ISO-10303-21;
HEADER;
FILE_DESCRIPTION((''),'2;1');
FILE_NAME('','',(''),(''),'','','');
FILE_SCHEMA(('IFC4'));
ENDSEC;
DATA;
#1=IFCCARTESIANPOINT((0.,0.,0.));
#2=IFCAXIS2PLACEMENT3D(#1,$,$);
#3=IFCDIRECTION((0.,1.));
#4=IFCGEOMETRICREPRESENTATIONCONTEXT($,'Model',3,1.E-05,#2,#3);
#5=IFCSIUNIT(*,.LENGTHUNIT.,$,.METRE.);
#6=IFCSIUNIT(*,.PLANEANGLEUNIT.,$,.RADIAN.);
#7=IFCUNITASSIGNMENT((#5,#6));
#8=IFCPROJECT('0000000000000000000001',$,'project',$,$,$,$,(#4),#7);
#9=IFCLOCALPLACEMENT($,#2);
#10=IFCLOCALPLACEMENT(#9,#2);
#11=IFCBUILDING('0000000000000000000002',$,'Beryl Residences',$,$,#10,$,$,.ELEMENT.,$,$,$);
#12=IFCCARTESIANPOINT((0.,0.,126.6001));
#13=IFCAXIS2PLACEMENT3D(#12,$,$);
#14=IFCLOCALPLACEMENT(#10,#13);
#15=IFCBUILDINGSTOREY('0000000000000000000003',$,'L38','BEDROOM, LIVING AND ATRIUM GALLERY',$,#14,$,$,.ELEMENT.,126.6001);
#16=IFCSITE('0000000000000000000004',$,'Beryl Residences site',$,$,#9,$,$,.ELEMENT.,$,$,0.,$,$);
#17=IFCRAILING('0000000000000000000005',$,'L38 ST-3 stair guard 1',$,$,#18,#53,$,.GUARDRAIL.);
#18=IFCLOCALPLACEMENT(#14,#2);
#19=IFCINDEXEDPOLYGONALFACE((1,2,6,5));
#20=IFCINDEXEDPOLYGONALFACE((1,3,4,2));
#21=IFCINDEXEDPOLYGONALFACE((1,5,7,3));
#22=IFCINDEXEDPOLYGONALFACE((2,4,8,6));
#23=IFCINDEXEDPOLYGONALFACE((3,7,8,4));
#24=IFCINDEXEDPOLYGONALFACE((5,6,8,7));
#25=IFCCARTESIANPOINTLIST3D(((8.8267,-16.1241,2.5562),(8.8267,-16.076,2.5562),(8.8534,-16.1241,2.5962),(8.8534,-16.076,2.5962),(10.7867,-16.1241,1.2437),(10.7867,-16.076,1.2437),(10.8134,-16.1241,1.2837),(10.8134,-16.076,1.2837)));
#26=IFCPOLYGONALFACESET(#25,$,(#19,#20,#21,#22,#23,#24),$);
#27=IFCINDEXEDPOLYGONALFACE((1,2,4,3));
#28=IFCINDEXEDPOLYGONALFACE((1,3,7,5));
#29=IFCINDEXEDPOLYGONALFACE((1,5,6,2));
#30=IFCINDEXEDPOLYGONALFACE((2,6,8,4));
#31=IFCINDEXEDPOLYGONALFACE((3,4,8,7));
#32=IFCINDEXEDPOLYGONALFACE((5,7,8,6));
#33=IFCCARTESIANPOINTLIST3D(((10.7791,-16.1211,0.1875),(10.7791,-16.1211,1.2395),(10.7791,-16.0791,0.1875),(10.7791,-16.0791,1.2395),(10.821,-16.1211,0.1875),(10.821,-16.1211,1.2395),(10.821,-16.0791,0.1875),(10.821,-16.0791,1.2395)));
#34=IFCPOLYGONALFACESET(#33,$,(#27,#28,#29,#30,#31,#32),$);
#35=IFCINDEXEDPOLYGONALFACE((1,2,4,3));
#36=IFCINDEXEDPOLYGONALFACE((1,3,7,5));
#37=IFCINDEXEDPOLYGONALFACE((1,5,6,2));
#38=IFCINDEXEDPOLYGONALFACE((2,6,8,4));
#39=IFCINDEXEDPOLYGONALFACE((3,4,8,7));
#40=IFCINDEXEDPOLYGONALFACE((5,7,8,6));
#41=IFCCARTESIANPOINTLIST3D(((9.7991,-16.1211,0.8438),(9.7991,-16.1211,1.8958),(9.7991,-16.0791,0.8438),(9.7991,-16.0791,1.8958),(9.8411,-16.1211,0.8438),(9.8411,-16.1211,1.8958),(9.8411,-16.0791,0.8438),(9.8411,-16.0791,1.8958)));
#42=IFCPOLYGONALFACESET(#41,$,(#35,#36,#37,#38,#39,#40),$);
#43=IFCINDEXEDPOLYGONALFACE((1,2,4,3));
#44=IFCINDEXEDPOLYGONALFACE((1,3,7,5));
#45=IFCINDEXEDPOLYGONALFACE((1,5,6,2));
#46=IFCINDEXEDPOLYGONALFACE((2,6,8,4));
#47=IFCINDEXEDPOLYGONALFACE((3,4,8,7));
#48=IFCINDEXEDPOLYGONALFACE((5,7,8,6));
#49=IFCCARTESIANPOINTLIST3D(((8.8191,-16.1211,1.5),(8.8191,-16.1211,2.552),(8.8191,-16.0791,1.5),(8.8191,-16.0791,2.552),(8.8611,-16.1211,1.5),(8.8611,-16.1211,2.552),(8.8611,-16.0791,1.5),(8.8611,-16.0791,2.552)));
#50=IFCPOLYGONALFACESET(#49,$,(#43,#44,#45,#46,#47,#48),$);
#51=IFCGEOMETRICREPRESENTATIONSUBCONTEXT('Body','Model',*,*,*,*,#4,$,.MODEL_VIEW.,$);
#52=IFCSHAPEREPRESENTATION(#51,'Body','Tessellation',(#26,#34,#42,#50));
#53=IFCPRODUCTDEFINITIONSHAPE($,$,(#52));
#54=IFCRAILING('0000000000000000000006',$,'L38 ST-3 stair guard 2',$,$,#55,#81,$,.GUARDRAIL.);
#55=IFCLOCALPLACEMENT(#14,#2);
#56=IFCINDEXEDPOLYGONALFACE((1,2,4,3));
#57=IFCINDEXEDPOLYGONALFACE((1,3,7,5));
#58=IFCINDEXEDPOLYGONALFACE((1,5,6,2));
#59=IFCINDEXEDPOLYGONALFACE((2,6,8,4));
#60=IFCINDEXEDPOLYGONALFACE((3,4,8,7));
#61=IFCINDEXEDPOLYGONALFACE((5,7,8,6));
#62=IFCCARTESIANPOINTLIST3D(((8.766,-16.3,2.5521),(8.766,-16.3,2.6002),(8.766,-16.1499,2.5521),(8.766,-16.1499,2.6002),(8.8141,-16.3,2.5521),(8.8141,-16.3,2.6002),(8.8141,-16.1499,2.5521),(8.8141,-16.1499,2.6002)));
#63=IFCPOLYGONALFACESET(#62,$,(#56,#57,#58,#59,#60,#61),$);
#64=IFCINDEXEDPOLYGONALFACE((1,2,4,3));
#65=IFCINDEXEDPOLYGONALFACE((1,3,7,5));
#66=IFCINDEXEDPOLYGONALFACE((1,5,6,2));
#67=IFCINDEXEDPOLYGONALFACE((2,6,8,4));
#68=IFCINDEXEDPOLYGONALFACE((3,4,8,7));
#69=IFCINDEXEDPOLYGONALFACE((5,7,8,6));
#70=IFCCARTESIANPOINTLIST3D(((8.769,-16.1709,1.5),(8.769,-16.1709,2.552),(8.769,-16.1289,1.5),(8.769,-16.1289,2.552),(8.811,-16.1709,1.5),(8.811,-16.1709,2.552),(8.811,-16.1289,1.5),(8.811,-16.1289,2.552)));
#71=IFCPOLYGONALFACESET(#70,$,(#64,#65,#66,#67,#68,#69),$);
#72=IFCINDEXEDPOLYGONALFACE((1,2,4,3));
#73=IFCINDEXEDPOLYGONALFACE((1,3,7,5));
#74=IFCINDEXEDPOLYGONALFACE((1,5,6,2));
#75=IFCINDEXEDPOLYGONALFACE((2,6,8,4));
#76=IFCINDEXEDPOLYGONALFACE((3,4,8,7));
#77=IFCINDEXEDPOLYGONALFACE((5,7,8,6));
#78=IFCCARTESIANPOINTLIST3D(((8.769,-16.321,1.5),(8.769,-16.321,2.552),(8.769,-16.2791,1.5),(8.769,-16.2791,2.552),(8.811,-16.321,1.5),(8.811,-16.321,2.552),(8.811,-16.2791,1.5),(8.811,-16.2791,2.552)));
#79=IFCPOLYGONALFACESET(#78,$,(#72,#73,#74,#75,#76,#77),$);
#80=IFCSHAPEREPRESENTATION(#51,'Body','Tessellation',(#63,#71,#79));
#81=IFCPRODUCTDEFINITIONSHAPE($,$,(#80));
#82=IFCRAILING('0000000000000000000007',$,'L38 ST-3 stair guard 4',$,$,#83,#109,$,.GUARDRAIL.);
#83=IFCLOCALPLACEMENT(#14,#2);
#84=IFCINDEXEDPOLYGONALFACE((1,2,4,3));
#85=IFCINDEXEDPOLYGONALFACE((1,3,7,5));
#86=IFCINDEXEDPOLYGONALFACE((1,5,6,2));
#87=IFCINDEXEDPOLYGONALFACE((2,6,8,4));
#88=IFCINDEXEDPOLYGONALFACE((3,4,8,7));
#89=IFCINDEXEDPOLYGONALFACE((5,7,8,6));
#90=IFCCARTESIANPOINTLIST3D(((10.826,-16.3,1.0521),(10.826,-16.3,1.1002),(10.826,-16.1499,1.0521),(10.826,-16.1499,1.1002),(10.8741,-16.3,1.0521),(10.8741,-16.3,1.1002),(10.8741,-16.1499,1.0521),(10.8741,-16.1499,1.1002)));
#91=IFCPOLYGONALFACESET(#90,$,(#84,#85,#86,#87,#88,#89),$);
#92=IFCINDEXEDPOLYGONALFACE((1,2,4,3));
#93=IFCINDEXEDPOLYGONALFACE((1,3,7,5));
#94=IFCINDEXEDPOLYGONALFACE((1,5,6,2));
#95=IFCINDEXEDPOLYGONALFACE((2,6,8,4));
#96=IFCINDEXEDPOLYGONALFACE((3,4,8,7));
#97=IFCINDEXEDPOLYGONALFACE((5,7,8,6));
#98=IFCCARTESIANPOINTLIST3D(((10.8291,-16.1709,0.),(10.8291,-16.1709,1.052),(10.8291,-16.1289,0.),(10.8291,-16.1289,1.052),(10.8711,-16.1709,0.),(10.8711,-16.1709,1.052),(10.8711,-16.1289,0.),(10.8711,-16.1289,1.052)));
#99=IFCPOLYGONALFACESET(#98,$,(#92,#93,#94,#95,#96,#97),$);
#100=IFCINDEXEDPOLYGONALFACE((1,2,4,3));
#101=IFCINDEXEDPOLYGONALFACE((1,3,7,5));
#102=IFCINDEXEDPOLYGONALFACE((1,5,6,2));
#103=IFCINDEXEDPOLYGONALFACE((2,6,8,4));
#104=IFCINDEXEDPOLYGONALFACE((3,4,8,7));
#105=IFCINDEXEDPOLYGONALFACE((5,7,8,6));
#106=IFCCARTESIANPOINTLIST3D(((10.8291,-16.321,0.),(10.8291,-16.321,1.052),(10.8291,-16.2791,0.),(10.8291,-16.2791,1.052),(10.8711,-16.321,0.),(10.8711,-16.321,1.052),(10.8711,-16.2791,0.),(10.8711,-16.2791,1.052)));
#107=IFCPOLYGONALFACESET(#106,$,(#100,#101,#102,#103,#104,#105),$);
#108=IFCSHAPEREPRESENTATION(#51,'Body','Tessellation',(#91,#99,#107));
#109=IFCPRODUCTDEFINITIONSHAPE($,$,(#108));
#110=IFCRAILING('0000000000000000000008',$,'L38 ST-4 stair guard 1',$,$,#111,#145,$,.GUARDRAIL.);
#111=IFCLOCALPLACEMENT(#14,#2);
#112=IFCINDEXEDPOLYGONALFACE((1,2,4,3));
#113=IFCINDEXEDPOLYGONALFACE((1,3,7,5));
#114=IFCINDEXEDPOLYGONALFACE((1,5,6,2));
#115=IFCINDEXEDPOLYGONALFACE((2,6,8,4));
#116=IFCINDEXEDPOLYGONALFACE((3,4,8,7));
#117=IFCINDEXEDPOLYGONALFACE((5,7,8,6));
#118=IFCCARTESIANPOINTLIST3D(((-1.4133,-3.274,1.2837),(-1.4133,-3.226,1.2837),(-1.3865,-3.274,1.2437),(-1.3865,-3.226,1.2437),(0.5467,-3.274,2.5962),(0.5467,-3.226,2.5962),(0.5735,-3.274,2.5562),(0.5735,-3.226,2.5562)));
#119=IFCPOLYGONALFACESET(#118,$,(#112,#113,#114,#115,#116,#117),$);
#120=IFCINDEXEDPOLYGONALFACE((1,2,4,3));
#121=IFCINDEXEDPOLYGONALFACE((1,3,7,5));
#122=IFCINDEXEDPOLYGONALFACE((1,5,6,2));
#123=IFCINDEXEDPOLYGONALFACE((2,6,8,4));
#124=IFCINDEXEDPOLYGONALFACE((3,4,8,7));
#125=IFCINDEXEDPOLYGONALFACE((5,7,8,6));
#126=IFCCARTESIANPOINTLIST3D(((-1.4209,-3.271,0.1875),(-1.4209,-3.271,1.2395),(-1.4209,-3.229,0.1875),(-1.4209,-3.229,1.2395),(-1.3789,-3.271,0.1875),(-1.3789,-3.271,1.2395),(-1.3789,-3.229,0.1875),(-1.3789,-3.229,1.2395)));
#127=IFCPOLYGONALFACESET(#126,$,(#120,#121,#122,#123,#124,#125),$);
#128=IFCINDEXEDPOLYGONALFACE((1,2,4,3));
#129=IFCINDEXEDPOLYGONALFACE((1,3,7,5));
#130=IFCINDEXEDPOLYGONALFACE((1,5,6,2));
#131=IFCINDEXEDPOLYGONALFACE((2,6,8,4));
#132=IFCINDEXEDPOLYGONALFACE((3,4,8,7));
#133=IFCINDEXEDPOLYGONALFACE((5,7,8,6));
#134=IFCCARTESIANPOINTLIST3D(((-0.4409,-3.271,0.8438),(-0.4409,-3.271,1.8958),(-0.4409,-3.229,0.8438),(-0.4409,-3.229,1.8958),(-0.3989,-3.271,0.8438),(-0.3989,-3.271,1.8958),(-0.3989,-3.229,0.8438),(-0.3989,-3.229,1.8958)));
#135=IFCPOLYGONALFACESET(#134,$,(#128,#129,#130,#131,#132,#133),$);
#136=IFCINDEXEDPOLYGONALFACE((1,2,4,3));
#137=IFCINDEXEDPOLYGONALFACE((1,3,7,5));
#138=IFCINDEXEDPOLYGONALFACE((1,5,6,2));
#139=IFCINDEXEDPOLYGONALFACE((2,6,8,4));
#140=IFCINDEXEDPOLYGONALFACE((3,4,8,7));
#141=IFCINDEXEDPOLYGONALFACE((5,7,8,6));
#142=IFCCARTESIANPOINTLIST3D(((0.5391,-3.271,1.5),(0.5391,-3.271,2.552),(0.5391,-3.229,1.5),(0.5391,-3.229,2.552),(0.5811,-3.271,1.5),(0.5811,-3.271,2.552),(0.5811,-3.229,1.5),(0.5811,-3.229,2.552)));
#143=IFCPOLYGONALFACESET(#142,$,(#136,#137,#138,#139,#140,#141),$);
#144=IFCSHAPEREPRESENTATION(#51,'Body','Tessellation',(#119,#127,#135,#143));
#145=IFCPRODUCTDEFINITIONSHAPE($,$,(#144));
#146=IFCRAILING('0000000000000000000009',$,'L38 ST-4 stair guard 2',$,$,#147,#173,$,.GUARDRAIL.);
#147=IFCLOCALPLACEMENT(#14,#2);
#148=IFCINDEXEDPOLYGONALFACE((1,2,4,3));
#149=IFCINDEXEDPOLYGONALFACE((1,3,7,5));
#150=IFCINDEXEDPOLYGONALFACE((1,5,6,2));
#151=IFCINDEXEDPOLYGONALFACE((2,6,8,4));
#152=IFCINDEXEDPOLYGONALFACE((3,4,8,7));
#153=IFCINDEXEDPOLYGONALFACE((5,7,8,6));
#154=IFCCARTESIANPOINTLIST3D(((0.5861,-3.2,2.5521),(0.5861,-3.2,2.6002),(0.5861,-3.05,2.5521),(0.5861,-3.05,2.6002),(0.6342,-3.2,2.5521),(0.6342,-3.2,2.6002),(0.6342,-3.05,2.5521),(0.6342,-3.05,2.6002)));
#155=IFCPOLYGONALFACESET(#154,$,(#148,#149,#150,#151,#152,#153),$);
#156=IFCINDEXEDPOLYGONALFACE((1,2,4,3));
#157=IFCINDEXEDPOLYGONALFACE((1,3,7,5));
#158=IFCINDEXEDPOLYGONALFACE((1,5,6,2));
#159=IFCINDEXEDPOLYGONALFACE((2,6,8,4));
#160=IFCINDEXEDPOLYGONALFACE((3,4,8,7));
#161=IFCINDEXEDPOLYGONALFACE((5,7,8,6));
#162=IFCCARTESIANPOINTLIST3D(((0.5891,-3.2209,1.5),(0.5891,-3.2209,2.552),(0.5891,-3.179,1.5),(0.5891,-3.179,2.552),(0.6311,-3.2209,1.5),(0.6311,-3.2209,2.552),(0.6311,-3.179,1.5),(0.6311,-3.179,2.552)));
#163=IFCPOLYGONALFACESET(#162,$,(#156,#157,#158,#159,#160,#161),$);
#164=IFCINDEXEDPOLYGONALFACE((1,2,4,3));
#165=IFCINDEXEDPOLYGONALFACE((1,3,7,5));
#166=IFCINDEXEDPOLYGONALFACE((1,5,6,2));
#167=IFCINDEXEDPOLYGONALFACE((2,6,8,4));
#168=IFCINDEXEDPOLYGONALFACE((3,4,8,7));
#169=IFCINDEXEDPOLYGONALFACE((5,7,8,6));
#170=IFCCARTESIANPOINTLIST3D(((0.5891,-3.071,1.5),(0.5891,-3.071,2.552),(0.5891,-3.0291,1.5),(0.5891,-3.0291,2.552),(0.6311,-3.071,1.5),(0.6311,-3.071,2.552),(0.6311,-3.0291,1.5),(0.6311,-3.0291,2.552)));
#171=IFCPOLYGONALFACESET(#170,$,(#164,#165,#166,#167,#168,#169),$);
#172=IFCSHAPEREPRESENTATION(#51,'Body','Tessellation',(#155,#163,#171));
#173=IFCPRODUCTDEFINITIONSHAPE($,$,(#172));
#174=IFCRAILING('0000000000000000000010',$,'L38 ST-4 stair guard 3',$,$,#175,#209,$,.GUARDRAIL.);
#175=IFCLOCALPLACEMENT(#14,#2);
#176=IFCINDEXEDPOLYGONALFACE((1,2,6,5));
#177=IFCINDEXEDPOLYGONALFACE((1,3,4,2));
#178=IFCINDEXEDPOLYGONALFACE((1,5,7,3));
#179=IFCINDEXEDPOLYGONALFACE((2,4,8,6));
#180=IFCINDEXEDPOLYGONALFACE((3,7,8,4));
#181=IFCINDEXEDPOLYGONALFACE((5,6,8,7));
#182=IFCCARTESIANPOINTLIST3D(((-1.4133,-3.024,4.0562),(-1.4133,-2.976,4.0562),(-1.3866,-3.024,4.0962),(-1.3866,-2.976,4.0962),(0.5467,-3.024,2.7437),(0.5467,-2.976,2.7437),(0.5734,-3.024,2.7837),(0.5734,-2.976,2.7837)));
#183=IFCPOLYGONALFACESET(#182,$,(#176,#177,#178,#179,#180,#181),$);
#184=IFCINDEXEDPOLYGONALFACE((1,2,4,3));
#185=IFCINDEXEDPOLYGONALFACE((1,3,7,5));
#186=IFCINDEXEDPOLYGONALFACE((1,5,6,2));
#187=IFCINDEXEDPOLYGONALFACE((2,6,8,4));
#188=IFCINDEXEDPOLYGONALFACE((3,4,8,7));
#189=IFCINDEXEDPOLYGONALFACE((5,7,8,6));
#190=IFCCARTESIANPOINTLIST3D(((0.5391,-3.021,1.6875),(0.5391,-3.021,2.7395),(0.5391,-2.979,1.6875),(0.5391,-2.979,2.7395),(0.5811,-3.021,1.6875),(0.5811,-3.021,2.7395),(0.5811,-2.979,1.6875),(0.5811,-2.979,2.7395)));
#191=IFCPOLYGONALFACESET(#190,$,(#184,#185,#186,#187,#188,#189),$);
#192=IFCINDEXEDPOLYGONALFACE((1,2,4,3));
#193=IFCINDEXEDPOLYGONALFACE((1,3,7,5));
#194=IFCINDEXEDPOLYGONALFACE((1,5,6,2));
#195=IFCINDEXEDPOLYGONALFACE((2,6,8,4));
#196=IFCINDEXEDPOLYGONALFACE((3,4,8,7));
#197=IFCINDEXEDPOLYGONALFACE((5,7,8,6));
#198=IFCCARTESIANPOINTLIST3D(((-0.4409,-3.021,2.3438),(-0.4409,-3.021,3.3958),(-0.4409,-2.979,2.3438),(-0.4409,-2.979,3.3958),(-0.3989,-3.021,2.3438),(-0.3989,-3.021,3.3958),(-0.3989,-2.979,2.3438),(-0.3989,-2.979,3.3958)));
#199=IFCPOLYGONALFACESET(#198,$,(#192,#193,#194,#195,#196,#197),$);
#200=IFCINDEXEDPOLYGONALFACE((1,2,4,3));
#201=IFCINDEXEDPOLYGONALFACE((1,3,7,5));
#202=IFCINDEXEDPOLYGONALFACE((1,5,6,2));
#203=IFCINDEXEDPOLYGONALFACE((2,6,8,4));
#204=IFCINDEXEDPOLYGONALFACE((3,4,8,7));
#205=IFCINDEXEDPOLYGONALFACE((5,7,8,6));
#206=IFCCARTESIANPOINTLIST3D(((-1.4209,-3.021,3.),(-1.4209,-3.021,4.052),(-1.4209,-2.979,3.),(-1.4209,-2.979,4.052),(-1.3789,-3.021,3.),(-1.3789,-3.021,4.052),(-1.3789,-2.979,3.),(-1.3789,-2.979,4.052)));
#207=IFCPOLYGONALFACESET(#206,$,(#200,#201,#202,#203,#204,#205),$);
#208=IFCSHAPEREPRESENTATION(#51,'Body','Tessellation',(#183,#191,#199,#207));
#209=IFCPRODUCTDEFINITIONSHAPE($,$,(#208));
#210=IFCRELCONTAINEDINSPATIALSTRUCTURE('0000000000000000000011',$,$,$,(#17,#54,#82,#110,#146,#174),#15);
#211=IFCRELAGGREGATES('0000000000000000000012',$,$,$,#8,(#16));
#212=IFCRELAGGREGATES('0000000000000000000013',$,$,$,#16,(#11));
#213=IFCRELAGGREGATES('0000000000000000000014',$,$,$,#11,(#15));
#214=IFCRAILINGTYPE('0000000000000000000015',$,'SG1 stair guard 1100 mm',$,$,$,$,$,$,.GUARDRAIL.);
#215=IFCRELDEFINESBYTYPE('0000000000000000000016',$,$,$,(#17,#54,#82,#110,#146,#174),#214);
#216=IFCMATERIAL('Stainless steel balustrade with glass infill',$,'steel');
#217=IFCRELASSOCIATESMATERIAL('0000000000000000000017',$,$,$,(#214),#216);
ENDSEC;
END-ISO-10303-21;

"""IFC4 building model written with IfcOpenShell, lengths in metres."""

from ifc_helpers import new_model, si_unit, direction, frame, origin, origin_2d, place, context, subcontext, project, spatial, rectangle, extrude, material, type_object, element, save


model = new_model("IFC4")

# Units and contexts
model_context = context("Model", 3, precision=1e-05, world=origin(), true_north=direction((0.0, 1.0)))
body_context = subcontext(model_context, "Body", "Model", "MODEL_VIEW")
ifc_project = project(units=[si_unit("LENGTHUNIT", "METRE"), si_unit("PLANEANGLEUNIT", "RADIAN")], contexts=[model_context])

# Site, building, storey
site_placement = place(None, origin())
site = spatial("IfcSite", under=ifc_project, at=site_placement, Name="Beryl Residences site", CompositionType="ELEMENT", RefElevation=0.0)
building_placement = place(site_placement, origin())
building = spatial("IfcBuilding", under=site, at=building_placement, Name="Beryl Residences", CompositionType="ELEMENT")
storey_placement = place(building_placement, frame((0.0, 0.0, 126.6001)))
storey = spatial("IfcBuildingStorey", under=building, at=storey_placement, Name="L38", Description="BEDROOM, LIVING AND ATRIUM GALLERY", CompositionType="ELEMENT", Elevation=126.6001)

# Railings
ifc_material_1 = material(Name="Stainless steel balustrade with glass infill", Category="steel")
railing_type_1 = type_object("IfcRailingType", Name="SG1 stair guard 1100 mm", PredefinedType="GUARDRAIL", material=ifc_material_1)
railing_1_placement = place(storey_placement, frame((10.8, -16.1001, 0.1875)))
element("IfcRailing", 1, at=railing_1_placement, inside=storey, type_object=railing_type_1, Name="L38 ST-3 stair guard 1", PredefinedType="GUARDRAIL", context=body_context, shape_type="SweptSolid", body=[
    extrude(rectangle(XDim=0.0481, YDim=0.0481, at=origin_2d()), frame((0.0, 0.0, 1.0762), z_axis=(-0.830902, 0.0, 0.556419), x_axis=(0.0, -1.0, 0.0)), (0.0, 0.0, 1.0), 2.3589),
    extrude(rectangle(XDim=0.042, YDim=0.042, at=origin_2d()), origin(), (0.0, 0.0, 1.0), 1.052),
    extrude(rectangle(XDim=0.042, YDim=0.042, at=origin_2d()), frame((-0.98, 0.0, 0.6562)), (0.0, 0.0, 1.0), 1.052),
    extrude(rectangle(XDim=0.042, YDim=0.042, at=origin_2d()), frame((-1.96, 0.0, 1.3125)), (0.0, 0.0, 1.0), 1.052),
])
for number, where, name in (
    (2, (8.79, -16.1499, 1.5), "L38 ST-3 stair guard 2"),
    (3, (10.8501, -16.1499, 0.0), "L38 ST-3 stair guard 4"),
):
    element("IfcRailing", number, at=place(storey_placement, frame(where)), inside=storey, type_object=railing_type_1, Name=name, PredefinedType="GUARDRAIL", context=body_context, shape_type="SweptSolid", body=[
        extrude(rectangle(XDim=0.0481, YDim=0.0481, at=origin_2d()), frame((0.0, 0.0, 1.0762), z_axis=(0.0, -1.0, 0.0), x_axis=(1.0, 0.0, 0.0)), (0.0, 0.0, 1.0), 0.1501),
        extrude(rectangle(XDim=0.042, YDim=0.042, at=origin_2d()), origin(), (0.0, 0.0, 1.0), 1.052),
        extrude(rectangle(XDim=0.042, YDim=0.042, at=origin_2d()), frame((0.0, -0.1501, 0.0)), (0.0, 0.0, 1.0), 1.052),
    ])
railing_2_placement = place(storey_placement, frame((-1.3999, -3.25, 0.1875)))
element("IfcRailing", 4, at=railing_2_placement, inside=storey, type_object=railing_type_1, Name="L38 ST-4 stair guard 1", PredefinedType="GUARDRAIL", context=body_context, shape_type="SweptSolid", body=[
    extrude(rectangle(XDim=0.0481, YDim=0.0481, at=origin_2d()), frame((0.0, 0.0, 1.0762), z_axis=(0.830902, 0.0, 0.556419), x_axis=(0.0, 1.0, 0.0)), (0.0, 0.0, 1.0), 2.3589),
    extrude(rectangle(XDim=0.042, YDim=0.042, at=origin_2d()), origin(), (0.0, 0.0, 1.0), 1.052),
    extrude(rectangle(XDim=0.042, YDim=0.042, at=origin_2d()), frame((0.98, 0.0, 0.6562)), (0.0, 0.0, 1.0), 1.052),
    extrude(rectangle(XDim=0.042, YDim=0.042, at=origin_2d()), frame((1.96, 0.0, 1.3125)), (0.0, 0.0, 1.0), 1.052),
])
railing_3_placement = place(storey_placement, frame((0.6101, -3.2, 1.5)))
element("IfcRailing", 5, at=railing_3_placement, inside=storey, type_object=railing_type_1, Name="L38 ST-4 stair guard 2", PredefinedType="GUARDRAIL", context=body_context, shape_type="SweptSolid", body=[
    extrude(rectangle(XDim=0.0481, YDim=0.0481, at=origin_2d()), frame((0.0, 0.0, 1.0762), z_axis=(0.0, 1.0, 0.0), x_axis=(-1.0, 0.0, 0.0)), (0.0, 0.0, 1.0), 0.1499),
    extrude(rectangle(XDim=0.042, YDim=0.042, at=origin_2d()), origin(), (0.0, 0.0, 1.0), 1.052),
    extrude(rectangle(XDim=0.042, YDim=0.042, at=origin_2d()), frame((0.0, 0.1499, 0.0)), (0.0, 0.0, 1.0), 1.052),
])
railing_4_placement = place(storey_placement, frame((0.5601, -3.0, 1.6875)))
element("IfcRailing", 6, at=railing_4_placement, inside=storey, type_object=railing_type_1, Name="L38 ST-4 stair guard 3", PredefinedType="GUARDRAIL", context=body_context, shape_type="SweptSolid", body=[
    extrude(rectangle(XDim=0.0481, YDim=0.0481, at=origin_2d()), frame((0.0, 0.0, 1.0762), z_axis=(-0.830902, 0.0, 0.556419), x_axis=(0.0, -1.0, 0.0)), (0.0, 0.0, 1.0), 2.3589),
    extrude(rectangle(XDim=0.042, YDim=0.042, at=origin_2d()), origin(), (0.0, 0.0, 1.0), 1.052),
    extrude(rectangle(XDim=0.042, YDim=0.042, at=origin_2d()), frame((-0.98, 0.0, 0.6562)), (0.0, 0.0, 1.0), 1.052),
    extrude(rectangle(XDim=0.042, YDim=0.042, at=origin_2d()), frame((-1.96, 0.0, 1.3125)), (0.0, 0.0, 1.0), 1.052),
])

save(model, "model.ifc")
